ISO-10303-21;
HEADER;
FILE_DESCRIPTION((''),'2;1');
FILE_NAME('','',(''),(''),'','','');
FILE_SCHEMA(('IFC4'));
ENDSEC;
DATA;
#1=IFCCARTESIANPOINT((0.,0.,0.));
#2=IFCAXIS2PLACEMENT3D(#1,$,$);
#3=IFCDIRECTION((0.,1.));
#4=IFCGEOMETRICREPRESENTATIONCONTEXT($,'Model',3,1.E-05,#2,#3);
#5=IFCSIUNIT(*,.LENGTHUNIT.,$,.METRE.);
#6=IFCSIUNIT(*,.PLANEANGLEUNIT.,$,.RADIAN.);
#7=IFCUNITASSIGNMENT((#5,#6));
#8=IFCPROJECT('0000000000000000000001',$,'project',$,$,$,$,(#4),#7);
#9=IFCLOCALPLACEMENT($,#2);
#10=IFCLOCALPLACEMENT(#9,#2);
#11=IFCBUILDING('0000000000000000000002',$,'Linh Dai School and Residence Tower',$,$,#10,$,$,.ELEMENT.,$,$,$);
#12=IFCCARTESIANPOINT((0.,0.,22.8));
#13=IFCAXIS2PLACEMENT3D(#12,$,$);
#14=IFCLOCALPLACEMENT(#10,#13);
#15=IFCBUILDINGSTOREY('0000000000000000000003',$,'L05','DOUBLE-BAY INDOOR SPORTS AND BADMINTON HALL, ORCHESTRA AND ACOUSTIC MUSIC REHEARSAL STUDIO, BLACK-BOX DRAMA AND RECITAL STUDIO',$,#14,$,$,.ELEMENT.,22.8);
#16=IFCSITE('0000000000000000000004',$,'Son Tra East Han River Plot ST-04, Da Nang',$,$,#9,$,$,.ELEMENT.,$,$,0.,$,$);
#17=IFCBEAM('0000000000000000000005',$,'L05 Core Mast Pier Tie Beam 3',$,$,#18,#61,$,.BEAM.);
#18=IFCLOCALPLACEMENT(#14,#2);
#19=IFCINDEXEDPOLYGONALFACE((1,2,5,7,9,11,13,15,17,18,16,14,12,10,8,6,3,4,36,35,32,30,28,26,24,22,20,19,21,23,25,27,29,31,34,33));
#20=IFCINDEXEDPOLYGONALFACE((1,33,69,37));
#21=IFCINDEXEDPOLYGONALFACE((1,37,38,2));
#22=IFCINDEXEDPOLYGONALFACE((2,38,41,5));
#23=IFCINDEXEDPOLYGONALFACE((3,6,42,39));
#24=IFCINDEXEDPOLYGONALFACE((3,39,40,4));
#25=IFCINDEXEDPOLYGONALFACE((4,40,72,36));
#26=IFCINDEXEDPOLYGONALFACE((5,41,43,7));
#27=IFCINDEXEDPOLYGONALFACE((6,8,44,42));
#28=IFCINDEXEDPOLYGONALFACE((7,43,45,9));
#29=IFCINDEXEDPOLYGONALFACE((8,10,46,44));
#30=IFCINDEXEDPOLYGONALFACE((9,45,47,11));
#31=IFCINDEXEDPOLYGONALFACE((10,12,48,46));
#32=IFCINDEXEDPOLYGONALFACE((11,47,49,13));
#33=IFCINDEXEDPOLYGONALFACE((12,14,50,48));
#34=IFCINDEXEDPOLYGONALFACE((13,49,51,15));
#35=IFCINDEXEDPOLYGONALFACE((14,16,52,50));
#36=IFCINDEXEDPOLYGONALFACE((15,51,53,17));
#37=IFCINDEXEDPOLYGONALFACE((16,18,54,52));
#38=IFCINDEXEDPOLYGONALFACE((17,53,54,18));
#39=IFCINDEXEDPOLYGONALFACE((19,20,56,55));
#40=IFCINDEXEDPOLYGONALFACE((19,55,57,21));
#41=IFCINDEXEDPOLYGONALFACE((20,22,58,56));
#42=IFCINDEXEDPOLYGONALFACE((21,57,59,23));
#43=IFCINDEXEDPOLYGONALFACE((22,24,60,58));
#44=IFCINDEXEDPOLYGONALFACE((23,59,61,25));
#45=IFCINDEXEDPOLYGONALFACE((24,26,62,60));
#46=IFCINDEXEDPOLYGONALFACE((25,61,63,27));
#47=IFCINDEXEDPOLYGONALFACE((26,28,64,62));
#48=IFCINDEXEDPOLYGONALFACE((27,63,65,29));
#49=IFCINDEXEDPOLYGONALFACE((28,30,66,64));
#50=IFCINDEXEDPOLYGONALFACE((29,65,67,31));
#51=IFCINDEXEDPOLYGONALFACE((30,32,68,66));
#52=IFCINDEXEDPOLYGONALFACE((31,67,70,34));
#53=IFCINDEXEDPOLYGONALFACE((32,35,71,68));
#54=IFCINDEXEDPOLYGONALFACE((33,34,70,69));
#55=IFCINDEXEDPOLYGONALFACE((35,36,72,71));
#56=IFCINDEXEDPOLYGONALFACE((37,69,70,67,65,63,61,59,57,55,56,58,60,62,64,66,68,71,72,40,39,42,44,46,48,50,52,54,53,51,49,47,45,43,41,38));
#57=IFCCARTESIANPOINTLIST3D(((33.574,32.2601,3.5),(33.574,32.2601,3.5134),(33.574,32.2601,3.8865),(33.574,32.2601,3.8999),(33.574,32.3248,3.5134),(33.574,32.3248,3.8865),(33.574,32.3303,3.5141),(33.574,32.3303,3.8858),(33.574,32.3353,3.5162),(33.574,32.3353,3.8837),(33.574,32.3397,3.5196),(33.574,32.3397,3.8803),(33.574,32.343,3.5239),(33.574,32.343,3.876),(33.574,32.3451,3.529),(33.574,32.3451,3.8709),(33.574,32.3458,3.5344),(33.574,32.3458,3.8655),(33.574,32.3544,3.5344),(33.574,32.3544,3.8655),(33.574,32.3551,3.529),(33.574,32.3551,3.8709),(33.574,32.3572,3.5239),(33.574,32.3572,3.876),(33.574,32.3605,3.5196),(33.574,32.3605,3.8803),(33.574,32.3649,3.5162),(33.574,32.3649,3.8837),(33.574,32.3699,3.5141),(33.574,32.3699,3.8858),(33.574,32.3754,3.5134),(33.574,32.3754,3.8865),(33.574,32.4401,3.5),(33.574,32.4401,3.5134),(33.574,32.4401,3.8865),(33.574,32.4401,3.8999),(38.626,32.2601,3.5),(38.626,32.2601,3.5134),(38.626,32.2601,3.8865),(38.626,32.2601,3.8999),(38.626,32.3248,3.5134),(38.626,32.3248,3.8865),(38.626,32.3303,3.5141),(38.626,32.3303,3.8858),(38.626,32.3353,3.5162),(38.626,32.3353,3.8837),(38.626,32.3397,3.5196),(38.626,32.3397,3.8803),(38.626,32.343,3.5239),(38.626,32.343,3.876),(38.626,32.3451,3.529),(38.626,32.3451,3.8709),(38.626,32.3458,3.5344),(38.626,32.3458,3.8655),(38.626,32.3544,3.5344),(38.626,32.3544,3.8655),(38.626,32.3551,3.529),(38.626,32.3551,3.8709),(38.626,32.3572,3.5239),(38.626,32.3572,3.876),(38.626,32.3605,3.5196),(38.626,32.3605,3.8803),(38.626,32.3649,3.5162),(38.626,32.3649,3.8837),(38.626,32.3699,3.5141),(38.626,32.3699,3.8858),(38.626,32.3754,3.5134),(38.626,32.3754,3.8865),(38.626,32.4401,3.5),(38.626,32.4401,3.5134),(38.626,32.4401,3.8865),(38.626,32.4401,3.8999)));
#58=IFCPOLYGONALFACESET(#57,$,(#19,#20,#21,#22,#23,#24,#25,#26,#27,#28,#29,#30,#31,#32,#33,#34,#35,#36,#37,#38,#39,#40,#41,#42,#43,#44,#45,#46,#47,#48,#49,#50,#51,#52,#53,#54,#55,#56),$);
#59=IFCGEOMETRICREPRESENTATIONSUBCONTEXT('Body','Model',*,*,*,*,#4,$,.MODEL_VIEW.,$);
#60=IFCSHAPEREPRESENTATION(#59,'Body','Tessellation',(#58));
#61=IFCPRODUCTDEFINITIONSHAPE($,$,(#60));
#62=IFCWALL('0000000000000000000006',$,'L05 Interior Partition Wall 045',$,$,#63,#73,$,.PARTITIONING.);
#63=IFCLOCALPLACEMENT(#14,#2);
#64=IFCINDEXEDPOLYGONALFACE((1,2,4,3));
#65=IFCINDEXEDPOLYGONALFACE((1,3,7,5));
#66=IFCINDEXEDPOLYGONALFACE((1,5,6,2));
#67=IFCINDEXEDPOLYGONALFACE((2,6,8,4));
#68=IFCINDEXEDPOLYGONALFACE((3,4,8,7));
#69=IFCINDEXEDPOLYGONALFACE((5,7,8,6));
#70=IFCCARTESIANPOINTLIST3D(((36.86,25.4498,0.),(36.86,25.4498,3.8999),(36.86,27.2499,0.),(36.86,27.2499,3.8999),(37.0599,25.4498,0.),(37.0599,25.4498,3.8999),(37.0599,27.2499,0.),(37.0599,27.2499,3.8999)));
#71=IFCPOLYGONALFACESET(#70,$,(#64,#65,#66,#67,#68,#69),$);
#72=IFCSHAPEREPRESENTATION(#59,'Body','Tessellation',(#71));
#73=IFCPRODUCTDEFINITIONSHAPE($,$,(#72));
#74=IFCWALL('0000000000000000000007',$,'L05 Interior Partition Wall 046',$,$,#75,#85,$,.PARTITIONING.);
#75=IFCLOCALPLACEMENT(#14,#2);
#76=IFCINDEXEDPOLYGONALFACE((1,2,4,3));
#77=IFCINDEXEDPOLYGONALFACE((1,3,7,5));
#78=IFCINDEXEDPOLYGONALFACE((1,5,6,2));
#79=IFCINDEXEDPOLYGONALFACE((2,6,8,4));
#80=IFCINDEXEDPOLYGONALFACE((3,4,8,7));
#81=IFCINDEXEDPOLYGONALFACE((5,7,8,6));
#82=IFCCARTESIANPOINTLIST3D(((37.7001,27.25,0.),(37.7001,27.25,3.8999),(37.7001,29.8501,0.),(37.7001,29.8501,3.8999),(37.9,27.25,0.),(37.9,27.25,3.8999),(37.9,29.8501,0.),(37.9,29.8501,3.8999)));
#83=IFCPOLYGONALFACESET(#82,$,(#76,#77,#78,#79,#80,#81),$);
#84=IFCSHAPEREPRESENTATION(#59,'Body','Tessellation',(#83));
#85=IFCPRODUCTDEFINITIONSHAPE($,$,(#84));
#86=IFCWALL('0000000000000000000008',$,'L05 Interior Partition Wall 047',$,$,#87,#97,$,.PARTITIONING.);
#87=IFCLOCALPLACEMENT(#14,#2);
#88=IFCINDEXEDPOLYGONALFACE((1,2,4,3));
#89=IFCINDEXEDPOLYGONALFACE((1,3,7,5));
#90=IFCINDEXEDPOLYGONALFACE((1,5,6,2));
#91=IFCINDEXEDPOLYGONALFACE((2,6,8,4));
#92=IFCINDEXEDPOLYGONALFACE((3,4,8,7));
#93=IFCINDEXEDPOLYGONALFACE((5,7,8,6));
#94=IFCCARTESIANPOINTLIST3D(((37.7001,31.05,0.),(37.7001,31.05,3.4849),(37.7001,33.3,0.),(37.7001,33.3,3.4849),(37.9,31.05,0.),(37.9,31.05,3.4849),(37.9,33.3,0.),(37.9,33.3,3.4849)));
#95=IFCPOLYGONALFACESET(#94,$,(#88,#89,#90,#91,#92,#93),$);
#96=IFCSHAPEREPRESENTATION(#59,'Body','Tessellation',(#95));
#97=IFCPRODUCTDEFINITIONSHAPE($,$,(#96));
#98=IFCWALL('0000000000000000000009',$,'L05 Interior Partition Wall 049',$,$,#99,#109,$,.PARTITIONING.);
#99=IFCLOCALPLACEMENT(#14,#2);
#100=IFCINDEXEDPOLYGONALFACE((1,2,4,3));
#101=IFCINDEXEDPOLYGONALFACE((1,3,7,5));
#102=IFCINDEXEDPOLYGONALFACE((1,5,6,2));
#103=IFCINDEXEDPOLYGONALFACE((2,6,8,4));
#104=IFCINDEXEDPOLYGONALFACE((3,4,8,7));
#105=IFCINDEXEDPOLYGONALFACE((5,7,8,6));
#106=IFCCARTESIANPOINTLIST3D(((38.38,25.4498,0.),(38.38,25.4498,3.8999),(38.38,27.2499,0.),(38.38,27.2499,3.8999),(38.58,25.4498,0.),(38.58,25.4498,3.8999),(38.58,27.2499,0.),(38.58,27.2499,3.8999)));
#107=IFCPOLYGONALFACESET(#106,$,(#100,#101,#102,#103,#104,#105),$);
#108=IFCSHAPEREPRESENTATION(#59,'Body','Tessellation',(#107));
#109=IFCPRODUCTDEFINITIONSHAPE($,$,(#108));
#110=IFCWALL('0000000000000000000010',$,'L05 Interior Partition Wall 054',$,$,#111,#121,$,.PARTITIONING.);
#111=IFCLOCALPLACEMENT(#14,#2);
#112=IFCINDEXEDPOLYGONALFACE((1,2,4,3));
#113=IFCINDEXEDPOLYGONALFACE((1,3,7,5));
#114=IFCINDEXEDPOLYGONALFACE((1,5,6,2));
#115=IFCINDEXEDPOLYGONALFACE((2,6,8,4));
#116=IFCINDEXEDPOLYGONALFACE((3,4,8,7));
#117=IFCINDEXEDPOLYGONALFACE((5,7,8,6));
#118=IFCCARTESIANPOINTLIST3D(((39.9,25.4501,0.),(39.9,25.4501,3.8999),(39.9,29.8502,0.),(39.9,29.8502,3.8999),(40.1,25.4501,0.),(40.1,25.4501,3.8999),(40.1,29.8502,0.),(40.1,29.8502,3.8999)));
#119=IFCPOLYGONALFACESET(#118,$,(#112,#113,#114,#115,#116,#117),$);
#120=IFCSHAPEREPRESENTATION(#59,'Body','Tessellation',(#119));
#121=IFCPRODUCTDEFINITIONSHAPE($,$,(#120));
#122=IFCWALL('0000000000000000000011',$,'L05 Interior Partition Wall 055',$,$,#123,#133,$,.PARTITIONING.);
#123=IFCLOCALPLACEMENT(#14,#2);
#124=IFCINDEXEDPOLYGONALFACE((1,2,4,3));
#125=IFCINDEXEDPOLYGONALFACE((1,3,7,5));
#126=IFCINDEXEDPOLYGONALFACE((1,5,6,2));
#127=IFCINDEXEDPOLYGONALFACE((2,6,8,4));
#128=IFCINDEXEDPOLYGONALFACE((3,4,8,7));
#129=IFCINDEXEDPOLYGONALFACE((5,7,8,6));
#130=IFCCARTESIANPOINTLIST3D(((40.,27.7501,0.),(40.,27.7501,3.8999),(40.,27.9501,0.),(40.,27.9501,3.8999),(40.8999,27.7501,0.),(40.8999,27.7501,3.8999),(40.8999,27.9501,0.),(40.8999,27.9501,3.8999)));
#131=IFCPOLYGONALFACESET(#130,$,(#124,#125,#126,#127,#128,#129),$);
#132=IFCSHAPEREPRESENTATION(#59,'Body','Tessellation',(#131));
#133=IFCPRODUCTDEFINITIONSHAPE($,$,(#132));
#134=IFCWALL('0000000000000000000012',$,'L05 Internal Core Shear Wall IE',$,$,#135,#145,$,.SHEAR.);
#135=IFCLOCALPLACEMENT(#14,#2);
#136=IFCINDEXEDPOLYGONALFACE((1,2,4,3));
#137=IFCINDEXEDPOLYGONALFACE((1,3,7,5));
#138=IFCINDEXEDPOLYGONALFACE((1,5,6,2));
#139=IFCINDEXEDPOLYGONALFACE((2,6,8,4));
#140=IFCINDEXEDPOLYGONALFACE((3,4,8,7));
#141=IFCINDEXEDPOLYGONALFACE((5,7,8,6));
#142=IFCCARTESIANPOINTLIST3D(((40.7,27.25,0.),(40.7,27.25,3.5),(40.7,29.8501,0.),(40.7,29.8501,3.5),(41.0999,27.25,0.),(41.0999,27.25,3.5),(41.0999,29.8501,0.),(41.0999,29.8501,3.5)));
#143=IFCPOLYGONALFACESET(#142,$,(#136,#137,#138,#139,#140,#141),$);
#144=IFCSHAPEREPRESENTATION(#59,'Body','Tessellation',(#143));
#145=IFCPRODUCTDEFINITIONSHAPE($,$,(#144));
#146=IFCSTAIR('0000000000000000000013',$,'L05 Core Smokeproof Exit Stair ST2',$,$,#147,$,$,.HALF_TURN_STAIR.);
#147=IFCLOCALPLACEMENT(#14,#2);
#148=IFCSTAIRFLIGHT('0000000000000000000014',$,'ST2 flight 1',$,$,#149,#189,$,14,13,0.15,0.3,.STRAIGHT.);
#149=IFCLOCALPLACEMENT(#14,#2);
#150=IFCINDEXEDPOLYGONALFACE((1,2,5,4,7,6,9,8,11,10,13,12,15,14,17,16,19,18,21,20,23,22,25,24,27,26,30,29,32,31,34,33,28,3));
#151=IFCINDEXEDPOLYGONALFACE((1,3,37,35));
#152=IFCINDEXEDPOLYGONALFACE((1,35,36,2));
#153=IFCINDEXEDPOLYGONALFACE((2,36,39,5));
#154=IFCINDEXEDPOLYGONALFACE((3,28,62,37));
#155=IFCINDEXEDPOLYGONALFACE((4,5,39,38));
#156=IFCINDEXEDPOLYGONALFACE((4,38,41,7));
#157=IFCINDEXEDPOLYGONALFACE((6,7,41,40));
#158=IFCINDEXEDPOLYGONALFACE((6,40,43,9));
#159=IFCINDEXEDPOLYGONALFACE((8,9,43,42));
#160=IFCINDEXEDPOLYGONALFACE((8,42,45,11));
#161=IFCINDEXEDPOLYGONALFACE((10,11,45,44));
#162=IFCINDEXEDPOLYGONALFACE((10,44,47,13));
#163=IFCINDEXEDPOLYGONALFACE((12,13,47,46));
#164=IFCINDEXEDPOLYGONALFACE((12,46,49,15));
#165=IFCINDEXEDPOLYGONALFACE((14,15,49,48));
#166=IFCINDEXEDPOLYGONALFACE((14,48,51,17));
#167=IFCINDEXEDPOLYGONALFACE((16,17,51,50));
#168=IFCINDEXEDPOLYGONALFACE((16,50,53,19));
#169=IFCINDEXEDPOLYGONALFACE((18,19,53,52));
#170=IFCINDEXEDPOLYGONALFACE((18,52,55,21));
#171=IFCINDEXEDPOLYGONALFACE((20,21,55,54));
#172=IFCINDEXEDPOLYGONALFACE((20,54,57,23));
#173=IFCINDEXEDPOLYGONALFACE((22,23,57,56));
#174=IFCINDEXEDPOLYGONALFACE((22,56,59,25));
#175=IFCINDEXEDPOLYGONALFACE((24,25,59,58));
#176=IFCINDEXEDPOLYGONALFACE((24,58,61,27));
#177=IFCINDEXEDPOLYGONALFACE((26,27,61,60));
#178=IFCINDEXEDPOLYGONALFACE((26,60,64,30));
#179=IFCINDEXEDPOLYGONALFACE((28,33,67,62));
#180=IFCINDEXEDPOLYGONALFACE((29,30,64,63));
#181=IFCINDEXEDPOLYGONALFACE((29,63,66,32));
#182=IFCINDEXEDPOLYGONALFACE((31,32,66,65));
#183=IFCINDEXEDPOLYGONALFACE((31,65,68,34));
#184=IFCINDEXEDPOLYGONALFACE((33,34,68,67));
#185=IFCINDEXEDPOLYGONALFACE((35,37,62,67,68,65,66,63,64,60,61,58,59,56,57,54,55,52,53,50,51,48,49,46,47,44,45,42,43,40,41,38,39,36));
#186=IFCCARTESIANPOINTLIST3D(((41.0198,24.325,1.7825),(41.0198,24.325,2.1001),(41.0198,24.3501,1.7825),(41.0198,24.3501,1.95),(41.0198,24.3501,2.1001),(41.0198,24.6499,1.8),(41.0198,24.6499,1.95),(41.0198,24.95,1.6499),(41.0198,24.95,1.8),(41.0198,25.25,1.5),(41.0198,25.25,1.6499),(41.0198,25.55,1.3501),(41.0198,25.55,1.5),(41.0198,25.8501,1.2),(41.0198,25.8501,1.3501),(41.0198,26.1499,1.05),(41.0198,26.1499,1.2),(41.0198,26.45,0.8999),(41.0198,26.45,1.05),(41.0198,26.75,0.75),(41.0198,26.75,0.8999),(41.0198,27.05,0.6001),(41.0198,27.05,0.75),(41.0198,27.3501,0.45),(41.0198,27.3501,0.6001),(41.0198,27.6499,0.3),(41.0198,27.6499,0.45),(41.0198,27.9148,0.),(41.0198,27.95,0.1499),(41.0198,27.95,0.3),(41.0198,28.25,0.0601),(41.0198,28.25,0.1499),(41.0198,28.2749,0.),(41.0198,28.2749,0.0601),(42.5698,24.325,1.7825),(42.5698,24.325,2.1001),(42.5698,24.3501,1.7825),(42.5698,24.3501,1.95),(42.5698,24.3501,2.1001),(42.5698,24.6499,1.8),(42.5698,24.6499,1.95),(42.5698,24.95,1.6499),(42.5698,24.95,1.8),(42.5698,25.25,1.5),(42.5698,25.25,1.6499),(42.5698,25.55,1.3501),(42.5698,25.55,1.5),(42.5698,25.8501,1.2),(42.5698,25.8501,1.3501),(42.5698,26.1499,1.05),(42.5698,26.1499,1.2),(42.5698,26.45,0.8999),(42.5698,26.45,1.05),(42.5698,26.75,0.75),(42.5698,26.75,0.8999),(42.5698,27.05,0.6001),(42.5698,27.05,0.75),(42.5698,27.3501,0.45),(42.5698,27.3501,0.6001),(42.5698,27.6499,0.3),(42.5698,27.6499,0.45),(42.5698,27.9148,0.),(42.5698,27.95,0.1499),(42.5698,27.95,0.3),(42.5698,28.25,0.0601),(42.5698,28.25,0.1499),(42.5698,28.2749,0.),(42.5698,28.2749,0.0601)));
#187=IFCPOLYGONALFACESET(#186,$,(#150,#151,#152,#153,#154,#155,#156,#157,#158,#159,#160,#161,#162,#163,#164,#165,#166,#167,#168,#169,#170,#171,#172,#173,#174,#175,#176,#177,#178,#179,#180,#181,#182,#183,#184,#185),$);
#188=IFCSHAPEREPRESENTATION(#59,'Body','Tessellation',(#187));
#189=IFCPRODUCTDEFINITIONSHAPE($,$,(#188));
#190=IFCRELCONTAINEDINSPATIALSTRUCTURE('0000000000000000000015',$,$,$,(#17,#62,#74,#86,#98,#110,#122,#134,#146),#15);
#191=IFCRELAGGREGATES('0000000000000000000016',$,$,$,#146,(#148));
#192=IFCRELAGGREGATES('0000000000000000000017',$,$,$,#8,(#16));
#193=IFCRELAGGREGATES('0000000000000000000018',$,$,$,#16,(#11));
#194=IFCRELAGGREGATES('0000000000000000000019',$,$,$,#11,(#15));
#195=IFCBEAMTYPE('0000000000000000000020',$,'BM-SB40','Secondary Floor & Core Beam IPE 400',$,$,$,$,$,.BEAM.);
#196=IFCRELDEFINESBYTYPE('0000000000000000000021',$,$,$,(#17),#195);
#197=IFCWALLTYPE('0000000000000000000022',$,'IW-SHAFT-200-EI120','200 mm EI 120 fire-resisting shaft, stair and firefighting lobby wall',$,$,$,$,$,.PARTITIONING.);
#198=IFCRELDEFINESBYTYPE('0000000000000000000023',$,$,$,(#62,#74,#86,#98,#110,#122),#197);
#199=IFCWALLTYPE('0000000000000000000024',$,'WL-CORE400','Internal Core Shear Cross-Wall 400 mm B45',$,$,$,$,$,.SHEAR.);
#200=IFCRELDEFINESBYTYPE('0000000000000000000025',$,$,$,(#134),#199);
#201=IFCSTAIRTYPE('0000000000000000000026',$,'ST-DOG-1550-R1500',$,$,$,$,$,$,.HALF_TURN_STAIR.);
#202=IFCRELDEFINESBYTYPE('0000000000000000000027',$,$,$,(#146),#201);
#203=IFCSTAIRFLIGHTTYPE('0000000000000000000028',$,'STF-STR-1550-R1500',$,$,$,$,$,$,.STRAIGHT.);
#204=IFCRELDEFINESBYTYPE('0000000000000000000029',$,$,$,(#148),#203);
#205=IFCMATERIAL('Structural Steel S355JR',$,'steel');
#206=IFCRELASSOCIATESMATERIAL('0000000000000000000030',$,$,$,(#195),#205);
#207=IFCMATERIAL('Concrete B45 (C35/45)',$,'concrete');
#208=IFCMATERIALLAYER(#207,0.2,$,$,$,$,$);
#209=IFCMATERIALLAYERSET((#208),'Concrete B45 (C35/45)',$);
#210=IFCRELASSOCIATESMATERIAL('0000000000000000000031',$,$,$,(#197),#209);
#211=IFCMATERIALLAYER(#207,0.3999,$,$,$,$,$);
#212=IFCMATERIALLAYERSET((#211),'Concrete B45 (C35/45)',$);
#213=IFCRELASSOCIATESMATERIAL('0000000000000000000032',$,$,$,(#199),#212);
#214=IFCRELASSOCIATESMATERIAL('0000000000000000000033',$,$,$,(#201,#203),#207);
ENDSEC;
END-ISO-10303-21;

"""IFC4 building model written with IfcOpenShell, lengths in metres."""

from ifc_helpers import new_model, si_unit, direction, frame, frame_2d, origin, origin_2d, place, context, subcontext, project, spatial, polyline, rectangle, i_section, outline, extrude, source, transform, mapped, material, layer, layer_set, material_profile, profile_set, type_object, element, aggregate, save


model = new_model("IFC4")

# Units and contexts
model_context = context("Model", 3, precision=1e-05, world=origin(), true_north=direction((0.0, 1.0)))
body_context = subcontext(model_context, "Body", "Model", "MODEL_VIEW")
ifc_project = project(units=[si_unit("LENGTHUNIT", "METRE"), si_unit("PLANEANGLEUNIT", "RADIAN")], contexts=[model_context])

# Site, building, storey
site_placement = place(None, origin())
site = spatial("IfcSite", under=ifc_project, at=site_placement, Name="Son Tra East Han River Plot ST-04, Da Nang", CompositionType="ELEMENT", RefElevation=0.0)
building_placement = place(site_placement, origin())
building = spatial("IfcBuilding", under=site, at=building_placement, Name="Linh Dai School and Residence Tower", CompositionType="ELEMENT")
storey_placement = place(building_placement, frame((0.0, 0.0, 22.8)))
storey = spatial("IfcBuildingStorey", under=building, at=storey_placement, Name="L05", Description="DOUBLE-BAY INDOOR SPORTS AND BADMINTON HALL, ORCHESTRA AND ACOUSTIC MUSIC REHEARSAL STUDIO, BLACK-BOX DRAMA AND RECITAL STUDIO", CompositionType="ELEMENT", Elevation=22.8)

# Shared definitions
ifc_material_1 = material(Name="Structural Steel S355JR", Category="steel")

# Beam
ifc_material_profile_1 = material_profile(ifc_material_1, i_section(OverallWidth=0.1799, OverallDepth=0.3999, WebThickness=0.0085, FlangeThickness=0.0134, FilletRadius=0.021, at=origin_2d()), Name="IPE 400")
ifc_profile_set_1 = profile_set([ifc_material_profile_1], Name="Structural Steel S355JR")
beam_type = type_object("IfcBeamType", Name="BM-SB40", Description="Secondary Floor & Core Beam IPE 400", PredefinedType="BEAM", material=ifc_profile_set_1)
beam_placement = place(storey_placement, frame((38.626, 32.3501, 3.7), z_axis=(-1.0, 0.0, 0.0), x_axis=(0.0, -1.0, 0.0)))
element("IfcBeam", 1, at=beam_placement, inside=storey, type_object=beam_type, Name="L05 Core Mast Pier Tie Beam 3", PredefinedType="BEAM", context=body_context, shape_type="SweptSolid", body=[
    extrude(i_section(OverallWidth=0.1799, OverallDepth=0.3999, WebThickness=0.0085, FlangeThickness=0.0134, FilletRadius=0.021, at=origin_2d()), origin(), (0.0, 0.0, 1.0), 5.052),
])

# Walls
ifc_material_2 = material(Name="Concrete B45 (C35/45)", Category="concrete")
ifc_layer_1 = layer(ifc_material_2, 0.2)
ifc_layer_set_1 = layer_set([ifc_layer_1], Name="Concrete B45 (C35/45)")
wall_type_1 = type_object("IfcWallType", Name="IW-SHAFT-200-EI120", Description="200 mm EI 120 fire-resisting shaft, stair and firefighting lobby wall", PredefinedType="PARTITIONING", material=ifc_layer_set_1)
wall_1_placement = place(storey_placement, frame((36.96, 25.45, 0.0), z_axis=(0.0, 0.0, 1.0), x_axis=(0.0, 1.0, 0.0)))
element("IfcWall", 2, at=wall_1_placement, inside=storey, type_object=wall_type_1, Name="L05 Interior Partition Wall 045", PredefinedType="PARTITIONING", context=body_context, shape_type="SweptSolid", body=[
    extrude(rectangle(XDim=1.8, YDim=0.2, at=frame_2d((0.8999, 0.0))), origin(), (0.0, 0.0, 1.0), 3.8999),
])
wall_2_placement = place(storey_placement, frame((37.8, 27.25, 0.0), z_axis=(0.0, 0.0, 1.0), x_axis=(0.0, 1.0, 0.0)))
element("IfcWall", 3, at=wall_2_placement, inside=storey, type_object=wall_type_1, Name="L05 Interior Partition Wall 046", PredefinedType="PARTITIONING", context=body_context, shape_type="SweptSolid", body=[
    extrude(rectangle(XDim=2.6001, YDim=0.2, at=frame_2d((1.3, 0.0))), origin(), (0.0, 0.0, 1.0), 3.8999),
])
wall_3_placement = place(storey_placement, frame((37.8, 31.05, 0.0), z_axis=(0.0, 0.0, 1.0), x_axis=(0.0, 1.0, 0.0)))
element("IfcWall", 4, at=wall_3_placement, inside=storey, type_object=wall_type_1, Name="L05 Interior Partition Wall 047", PredefinedType="PARTITIONING", context=body_context, shape_type="SweptSolid", body=[
    extrude(rectangle(XDim=2.25, YDim=0.2, at=frame_2d((1.125, 0.0))), origin(), (0.0, 0.0, 1.0), 3.4849),
])
wall_4_placement = place(storey_placement, frame((38.48, 25.45, 0.0), z_axis=(0.0, 0.0, 1.0), x_axis=(0.0, 1.0, 0.0)))
element("IfcWall", 5, at=wall_4_placement, inside=storey, type_object=wall_type_1, Name="L05 Interior Partition Wall 049", PredefinedType="PARTITIONING", context=body_context, shape_type="SweptSolid", body=[
    extrude(rectangle(XDim=1.8, YDim=0.2, at=frame_2d((0.8999, 0.0))), origin(), (0.0, 0.0, 1.0), 3.8999),
])
wall_5_placement = place(storey_placement, frame((40.0, 25.45, 0.0), z_axis=(0.0, 0.0, 1.0), x_axis=(0.0, 1.0, 0.0)))
element("IfcWall", 6, at=wall_5_placement, inside=storey, type_object=wall_type_1, Name="L05 Interior Partition Wall 054", PredefinedType="PARTITIONING", context=body_context, shape_type="SweptSolid", body=[
    extrude(rectangle(XDim=4.4001, YDim=0.2, at=frame_2d((2.2002, 0.0))), origin(), (0.0, 0.0, 1.0), 3.8999),
])
wall_6_placement = place(storey_placement, frame((40.0, 27.8501, 0.0), z_axis=(0.0, 0.0, 1.0), x_axis=(1.0, 0.0, 0.0)))
element("IfcWall", 7, at=wall_6_placement, inside=storey, type_object=wall_type_1, Name="L05 Interior Partition Wall 055", PredefinedType="PARTITIONING", context=body_context, shape_type="SweptSolid", body=[
    extrude(rectangle(XDim=0.8999, YDim=0.2, at=frame_2d((0.45, 0.0))), origin(), (0.0, 0.0, 1.0), 3.8999),
])
ifc_layer_2 = layer(ifc_material_2, 0.3999)
ifc_layer_set_2 = layer_set([ifc_layer_2], Name="Concrete B45 (C35/45)")
wall_type_2 = type_object("IfcWallType", Name="WL-CORE400", Description="Internal Core Shear Cross-Wall 400 mm B45", PredefinedType="SHEAR", material=ifc_layer_set_2)
wall_7_placement = place(storey_placement, frame((40.8999, 27.25, 0.0), z_axis=(0.0, 0.0, 1.0), x_axis=(0.0, 1.0, 0.0)))
element("IfcWall", 8, at=wall_7_placement, inside=storey, type_object=wall_type_2, Name="L05 Internal Core Shear Wall IE", PredefinedType="SHEAR", context=body_context, shape_type="SweptSolid", body=[
    extrude(rectangle(XDim=2.6001, YDim=0.3999, at=frame_2d((1.3, 0.0))), origin(), (0.0, 0.0, 1.0), 3.5),
])

# Stair, stair flight
stair_type = type_object("IfcStairType", Name="ST-DOG-1550-R1500", PredefinedType="HALF_TURN_STAIR", material=ifc_material_2)
stair_placement = place(storey_placement, origin())
stair = element("IfcStair", 9, at=stair_placement, inside=storey, type_object=stair_type, Name="L05 Core Smokeproof Exit Stair ST2", PredefinedType="HALF_TURN_STAIR")
stair_flight_type = type_object("IfcStairFlightType", Name="STF-STR-1550-R1500", PredefinedType="STRAIGHT", material=ifc_material_2)
shared_shape_1 = source(origin(), body_context, "Body", "SweptSolid", [
    extrude(outline(polyline([(-0.0249, 0.0), (-0.0249, 0.0601), (0.0, 0.0601), (0.0, 0.1499), (0.3, 0.1499), (0.3, 0.3), (0.6001, 0.3), (0.6001, 0.45), (0.8999, 0.45), (0.8999, 0.6001), (1.2, 0.6001), (1.2, 0.75), (1.5, 0.75), (1.5, 0.8999), (1.8, 0.8999), (1.8, 1.05), (2.1001, 1.05), (2.1001, 1.2), (2.3999, 1.2), (2.3999, 1.3501), (2.7, 1.3501), (2.7, 1.5), (3.0, 1.5), (3.0, 1.6499), (3.3, 1.6499), (3.3, 1.8), (3.6001, 1.8), (3.6001, 1.95), (3.8999, 1.95), (3.8999, 2.1001), (3.925, 2.1001), (3.925, 1.7825), (3.8999, 1.7825), (0.3352, 0.0), (-0.0249, 0.0)])), frame((0.0, 0.7749, 0.0), z_axis=(0.0, -1.0, 0.0), x_axis=(1.0, 0.0, 0.0)), (0.0, 0.0, 1.0), 1.55),
])
stair_flight_placement = place(storey_placement, frame((41.7949, 28.25, 0.0), z_axis=(0.0, 0.0, 1.0), x_axis=(0.0, -1.0, 0.0)))
stair_flight = element("IfcStairFlight", 10, at=stair_flight_placement, type_object=stair_flight_type, Name="ST2 flight 1", NumberOfRisers=14, NumberOfTreads=13, PredefinedType="STRAIGHT", RiserHeight=0.15, TreadLength=0.3, context=body_context, shape_type="MappedRepresentation", body=[
    mapped(shared_shape_1, transform((0.0, 0.0, 0.0), x_axis=(1.0, 0.0, 0.0), y_axis=(0.0, 1.0, 0.0), z_axis=(0.0, 0.0, 1.0), scale=1.0)),
])
aggregate(stair, [stair_flight])

save(model, "model.ifc")
